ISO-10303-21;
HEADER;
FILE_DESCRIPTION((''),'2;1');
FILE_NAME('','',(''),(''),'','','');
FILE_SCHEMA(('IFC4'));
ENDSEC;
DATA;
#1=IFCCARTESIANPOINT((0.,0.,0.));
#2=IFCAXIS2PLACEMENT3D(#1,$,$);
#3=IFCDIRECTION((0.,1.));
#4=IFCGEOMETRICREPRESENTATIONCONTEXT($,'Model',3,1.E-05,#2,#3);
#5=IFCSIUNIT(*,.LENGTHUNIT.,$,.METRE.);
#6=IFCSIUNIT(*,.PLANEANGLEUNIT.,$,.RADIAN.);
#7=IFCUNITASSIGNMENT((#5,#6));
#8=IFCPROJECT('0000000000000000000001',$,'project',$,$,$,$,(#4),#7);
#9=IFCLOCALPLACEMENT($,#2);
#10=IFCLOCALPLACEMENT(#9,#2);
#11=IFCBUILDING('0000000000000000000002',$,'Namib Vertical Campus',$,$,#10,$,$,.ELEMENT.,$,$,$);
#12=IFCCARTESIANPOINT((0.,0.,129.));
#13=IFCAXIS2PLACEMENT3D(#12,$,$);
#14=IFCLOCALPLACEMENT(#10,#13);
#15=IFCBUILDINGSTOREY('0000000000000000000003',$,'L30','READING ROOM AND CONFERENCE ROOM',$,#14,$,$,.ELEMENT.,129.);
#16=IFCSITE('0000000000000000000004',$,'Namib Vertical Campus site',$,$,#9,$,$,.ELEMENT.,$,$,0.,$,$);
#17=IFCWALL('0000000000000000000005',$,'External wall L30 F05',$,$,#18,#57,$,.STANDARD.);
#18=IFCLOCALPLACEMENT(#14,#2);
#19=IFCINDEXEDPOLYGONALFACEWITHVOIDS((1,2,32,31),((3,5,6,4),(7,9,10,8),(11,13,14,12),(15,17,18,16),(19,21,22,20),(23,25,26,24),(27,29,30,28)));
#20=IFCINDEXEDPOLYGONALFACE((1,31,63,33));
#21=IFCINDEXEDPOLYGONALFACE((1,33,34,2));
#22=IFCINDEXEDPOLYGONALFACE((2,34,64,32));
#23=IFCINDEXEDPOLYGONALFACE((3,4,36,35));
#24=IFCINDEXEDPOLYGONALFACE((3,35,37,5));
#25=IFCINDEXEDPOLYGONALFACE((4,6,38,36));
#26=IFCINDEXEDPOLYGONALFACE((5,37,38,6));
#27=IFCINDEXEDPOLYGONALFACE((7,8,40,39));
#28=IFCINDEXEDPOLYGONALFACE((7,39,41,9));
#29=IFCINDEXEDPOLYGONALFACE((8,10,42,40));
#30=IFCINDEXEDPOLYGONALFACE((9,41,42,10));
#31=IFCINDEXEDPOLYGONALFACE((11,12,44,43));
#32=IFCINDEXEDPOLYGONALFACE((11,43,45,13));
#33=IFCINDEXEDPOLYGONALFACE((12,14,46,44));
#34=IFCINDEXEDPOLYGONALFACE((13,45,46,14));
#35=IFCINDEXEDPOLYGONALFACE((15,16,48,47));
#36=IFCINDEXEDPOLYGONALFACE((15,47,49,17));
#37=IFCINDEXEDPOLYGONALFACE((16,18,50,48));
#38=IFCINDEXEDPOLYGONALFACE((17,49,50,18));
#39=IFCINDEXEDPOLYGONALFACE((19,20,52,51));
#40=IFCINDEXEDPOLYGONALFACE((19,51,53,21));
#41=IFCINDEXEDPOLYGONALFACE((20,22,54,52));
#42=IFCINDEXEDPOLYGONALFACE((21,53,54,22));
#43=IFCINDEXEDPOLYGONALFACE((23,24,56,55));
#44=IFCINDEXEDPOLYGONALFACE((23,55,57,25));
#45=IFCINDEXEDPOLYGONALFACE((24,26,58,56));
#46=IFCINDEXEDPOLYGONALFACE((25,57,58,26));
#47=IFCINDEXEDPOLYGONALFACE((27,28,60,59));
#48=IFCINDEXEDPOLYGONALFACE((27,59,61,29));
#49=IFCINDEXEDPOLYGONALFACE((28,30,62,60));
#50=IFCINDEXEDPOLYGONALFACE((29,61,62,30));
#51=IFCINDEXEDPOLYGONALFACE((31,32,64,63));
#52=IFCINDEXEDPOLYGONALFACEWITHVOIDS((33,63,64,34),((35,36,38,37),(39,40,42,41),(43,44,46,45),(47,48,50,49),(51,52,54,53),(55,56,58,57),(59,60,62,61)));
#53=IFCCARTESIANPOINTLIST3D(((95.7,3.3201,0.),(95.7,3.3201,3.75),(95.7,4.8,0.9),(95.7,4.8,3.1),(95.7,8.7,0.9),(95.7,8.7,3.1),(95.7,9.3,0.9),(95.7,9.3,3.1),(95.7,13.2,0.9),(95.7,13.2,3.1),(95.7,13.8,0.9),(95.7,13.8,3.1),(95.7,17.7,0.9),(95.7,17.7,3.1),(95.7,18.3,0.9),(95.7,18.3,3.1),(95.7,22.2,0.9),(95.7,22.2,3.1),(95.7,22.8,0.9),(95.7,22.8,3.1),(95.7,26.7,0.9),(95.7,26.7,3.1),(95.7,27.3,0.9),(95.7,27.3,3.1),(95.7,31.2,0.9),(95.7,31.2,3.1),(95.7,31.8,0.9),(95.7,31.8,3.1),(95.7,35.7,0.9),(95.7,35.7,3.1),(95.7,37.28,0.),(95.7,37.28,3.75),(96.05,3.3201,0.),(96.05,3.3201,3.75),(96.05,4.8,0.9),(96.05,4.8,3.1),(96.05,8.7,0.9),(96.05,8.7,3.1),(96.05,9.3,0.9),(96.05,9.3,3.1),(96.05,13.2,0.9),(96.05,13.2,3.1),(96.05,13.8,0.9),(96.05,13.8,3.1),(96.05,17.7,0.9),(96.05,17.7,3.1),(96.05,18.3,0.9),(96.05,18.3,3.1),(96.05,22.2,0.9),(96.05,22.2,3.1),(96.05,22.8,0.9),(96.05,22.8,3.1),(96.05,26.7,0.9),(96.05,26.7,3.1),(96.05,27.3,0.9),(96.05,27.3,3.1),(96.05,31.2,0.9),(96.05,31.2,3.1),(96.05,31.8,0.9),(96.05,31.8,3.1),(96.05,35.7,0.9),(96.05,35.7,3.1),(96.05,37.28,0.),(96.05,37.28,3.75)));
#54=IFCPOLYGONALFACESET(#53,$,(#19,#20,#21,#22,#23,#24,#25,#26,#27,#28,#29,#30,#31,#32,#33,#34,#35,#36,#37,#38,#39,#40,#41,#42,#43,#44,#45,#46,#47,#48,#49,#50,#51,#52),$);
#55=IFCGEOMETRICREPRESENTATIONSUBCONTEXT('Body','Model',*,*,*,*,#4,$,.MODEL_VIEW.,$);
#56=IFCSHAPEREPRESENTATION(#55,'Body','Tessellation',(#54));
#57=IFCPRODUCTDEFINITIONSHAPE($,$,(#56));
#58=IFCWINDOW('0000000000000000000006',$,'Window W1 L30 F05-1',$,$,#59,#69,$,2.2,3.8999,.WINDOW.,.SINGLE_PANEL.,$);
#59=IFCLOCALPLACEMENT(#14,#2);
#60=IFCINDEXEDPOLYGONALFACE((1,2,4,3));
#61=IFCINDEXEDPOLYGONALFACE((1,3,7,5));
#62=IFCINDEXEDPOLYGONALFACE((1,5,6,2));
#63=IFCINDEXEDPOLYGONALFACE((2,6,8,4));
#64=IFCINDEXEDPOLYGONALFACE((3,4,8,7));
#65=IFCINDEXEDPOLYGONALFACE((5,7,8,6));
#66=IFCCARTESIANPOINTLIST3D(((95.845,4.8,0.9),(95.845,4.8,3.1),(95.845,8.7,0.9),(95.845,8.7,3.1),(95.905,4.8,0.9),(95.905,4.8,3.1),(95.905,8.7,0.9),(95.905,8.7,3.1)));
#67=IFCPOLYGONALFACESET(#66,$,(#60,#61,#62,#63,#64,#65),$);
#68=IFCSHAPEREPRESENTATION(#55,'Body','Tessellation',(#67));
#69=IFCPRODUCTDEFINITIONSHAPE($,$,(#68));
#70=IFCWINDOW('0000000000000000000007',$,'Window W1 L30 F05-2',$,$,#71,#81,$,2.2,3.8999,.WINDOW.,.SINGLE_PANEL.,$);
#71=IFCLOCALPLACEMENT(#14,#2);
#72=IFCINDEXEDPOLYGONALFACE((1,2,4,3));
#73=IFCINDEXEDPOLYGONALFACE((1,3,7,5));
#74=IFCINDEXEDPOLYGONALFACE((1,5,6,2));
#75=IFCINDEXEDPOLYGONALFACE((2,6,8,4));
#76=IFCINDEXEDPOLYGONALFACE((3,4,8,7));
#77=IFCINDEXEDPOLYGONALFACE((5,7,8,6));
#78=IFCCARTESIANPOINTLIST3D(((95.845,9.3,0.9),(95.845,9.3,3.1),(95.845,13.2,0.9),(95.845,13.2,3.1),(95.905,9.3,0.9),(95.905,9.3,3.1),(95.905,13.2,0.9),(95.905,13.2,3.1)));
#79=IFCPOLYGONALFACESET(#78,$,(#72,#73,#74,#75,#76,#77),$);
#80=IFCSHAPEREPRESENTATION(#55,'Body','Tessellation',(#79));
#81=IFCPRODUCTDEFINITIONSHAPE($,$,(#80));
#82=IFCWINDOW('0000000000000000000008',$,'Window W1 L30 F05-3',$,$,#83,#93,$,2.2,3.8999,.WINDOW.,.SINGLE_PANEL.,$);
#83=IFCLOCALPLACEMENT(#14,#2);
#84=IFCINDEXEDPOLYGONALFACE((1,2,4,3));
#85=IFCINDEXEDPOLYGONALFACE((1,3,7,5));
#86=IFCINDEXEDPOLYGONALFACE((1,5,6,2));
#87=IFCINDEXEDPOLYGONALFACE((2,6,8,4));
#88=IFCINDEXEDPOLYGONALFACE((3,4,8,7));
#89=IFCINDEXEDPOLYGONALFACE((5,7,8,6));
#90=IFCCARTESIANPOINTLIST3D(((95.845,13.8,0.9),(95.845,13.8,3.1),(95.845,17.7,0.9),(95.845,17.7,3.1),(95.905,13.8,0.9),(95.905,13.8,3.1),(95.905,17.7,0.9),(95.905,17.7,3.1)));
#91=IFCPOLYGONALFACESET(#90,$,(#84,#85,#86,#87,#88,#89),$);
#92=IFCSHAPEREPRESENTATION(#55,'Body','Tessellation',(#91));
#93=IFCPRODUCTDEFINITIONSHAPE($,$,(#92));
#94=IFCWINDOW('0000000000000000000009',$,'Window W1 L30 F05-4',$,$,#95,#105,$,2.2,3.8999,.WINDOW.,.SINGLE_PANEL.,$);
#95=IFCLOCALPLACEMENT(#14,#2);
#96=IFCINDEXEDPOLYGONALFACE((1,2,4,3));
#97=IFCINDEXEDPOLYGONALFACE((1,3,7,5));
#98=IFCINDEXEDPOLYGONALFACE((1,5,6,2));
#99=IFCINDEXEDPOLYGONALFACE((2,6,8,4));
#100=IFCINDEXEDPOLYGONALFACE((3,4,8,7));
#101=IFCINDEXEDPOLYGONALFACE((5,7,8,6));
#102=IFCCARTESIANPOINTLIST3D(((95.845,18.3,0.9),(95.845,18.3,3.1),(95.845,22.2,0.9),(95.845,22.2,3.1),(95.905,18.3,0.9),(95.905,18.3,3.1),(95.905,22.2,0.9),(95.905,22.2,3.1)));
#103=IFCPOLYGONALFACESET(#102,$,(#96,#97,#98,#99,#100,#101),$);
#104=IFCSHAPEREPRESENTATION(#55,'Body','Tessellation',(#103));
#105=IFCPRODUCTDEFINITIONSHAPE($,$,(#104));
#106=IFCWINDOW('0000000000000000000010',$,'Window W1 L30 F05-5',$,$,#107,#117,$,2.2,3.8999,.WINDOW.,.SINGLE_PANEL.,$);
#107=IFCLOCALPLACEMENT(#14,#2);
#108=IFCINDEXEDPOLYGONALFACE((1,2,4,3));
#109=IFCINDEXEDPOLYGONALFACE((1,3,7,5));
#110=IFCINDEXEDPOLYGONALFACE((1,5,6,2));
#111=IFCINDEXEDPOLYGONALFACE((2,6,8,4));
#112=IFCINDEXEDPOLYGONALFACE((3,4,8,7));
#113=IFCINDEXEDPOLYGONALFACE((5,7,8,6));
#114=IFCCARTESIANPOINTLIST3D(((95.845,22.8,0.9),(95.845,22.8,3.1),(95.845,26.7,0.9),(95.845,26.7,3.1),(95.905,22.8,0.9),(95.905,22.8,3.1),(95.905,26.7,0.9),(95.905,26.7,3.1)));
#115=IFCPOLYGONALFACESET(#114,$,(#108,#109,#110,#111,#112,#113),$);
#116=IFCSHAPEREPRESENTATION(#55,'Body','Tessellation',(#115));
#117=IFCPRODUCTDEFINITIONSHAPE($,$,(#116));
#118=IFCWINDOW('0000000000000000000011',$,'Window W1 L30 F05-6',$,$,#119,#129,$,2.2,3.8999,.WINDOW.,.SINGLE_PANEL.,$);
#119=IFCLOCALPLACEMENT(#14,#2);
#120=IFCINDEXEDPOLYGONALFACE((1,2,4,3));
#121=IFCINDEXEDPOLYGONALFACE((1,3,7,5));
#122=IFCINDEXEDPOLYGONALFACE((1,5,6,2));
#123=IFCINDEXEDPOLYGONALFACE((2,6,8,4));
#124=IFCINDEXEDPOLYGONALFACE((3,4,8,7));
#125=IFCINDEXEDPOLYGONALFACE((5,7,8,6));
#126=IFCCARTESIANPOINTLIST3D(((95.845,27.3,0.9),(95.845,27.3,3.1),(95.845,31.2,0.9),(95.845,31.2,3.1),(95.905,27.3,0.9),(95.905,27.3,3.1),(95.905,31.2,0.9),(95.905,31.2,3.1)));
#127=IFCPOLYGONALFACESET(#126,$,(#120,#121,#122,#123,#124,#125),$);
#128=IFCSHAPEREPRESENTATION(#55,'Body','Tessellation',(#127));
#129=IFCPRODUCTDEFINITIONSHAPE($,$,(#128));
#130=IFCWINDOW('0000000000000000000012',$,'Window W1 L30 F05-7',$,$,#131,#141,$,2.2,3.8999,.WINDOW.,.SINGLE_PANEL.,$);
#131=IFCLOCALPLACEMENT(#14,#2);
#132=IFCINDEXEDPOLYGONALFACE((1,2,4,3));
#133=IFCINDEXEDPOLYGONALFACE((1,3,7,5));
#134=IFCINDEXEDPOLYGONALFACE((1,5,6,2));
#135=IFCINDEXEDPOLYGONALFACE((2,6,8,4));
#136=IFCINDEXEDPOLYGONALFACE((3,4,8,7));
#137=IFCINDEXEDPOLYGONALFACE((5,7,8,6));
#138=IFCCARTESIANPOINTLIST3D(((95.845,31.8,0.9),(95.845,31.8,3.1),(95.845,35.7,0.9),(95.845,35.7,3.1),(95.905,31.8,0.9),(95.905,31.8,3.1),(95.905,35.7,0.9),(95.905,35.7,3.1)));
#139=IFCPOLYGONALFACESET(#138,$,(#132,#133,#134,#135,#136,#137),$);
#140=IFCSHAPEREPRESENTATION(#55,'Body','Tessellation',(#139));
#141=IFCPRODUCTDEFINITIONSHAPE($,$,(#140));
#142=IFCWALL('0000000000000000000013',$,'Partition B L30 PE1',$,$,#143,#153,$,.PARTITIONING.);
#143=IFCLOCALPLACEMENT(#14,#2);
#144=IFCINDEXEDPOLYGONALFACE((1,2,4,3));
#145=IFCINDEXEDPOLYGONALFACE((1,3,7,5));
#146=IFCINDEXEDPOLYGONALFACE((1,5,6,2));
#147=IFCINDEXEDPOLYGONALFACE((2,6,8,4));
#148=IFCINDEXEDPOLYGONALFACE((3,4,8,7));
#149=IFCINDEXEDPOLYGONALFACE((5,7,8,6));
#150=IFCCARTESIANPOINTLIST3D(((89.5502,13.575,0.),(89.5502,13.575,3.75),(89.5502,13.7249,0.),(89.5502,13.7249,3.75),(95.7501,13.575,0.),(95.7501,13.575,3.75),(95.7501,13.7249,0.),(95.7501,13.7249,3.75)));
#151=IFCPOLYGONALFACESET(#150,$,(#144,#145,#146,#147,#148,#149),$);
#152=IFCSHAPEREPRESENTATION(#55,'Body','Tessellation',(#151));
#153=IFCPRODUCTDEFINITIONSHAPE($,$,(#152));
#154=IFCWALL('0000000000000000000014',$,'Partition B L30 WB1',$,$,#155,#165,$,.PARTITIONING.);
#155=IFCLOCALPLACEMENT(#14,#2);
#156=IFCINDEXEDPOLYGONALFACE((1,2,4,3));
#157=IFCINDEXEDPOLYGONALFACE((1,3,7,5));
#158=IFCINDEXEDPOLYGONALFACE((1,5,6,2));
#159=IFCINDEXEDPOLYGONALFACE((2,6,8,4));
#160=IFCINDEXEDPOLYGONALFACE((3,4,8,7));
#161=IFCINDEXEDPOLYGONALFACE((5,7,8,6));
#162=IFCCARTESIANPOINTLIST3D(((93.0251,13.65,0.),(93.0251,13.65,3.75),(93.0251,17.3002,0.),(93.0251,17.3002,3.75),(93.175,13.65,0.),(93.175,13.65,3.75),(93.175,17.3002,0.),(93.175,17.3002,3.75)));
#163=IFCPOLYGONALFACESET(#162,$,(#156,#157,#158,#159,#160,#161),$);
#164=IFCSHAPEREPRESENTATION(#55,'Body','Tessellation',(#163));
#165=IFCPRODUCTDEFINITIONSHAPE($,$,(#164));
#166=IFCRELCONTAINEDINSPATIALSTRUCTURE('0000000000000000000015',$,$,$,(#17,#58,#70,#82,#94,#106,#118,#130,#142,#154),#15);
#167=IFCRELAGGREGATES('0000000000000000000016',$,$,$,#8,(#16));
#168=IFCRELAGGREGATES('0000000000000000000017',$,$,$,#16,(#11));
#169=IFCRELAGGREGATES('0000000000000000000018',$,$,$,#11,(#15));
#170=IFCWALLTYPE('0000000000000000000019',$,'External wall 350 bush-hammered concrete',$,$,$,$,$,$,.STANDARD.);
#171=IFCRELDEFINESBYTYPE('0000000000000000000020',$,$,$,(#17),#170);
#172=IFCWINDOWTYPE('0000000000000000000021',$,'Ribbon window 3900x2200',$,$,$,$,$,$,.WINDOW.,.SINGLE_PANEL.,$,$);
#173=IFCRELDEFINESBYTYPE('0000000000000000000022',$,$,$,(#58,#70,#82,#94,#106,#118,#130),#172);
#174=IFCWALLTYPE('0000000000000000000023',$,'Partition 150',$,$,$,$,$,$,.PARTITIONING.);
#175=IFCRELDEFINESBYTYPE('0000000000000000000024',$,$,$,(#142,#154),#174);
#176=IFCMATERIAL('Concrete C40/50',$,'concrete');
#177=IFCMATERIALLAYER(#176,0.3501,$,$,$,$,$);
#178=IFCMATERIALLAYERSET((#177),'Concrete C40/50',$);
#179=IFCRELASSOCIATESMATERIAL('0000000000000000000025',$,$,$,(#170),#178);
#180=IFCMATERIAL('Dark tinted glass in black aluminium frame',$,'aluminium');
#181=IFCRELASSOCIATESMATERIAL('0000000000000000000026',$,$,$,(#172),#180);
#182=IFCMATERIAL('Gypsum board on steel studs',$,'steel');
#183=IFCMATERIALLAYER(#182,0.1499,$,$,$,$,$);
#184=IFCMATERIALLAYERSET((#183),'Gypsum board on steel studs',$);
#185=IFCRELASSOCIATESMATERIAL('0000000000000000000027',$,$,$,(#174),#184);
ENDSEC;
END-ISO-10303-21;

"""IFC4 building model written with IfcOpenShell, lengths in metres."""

from ifc_helpers import new_model, si_unit, direction, frame, frame_2d, origin, place, context, subcontext, project, spatial, rectangle, extrude, material, layer, layer_set, type_object, element, fill, save


model = new_model("IFC4")

# Units and contexts
model_context = context("Model", 3, precision=1e-05, world=origin(), true_north=direction((0.0, 1.0)))
body_context = subcontext(model_context, "Body", "Model", "MODEL_VIEW")
ifc_project = project(units=[si_unit("LENGTHUNIT", "METRE"), si_unit("PLANEANGLEUNIT", "RADIAN")], contexts=[model_context])

# Site, building, storey
site_placement = place(None, origin())
site = spatial("IfcSite", under=ifc_project, at=site_placement, Name="Namib Vertical Campus site", CompositionType="ELEMENT", RefElevation=0.0)
building_placement = place(site_placement, origin())
building = spatial("IfcBuilding", under=site, at=building_placement, Name="Namib Vertical Campus", CompositionType="ELEMENT")
storey_placement = place(building_placement, frame((0.0, 0.0, 129.0)))
storey = spatial("IfcBuildingStorey", under=building, at=storey_placement, Name="L30", Description="READING ROOM AND CONFERENCE ROOM", CompositionType="ELEMENT", Elevation=129.0)

# Wall, openings, windows
ifc_material_1 = material(Name="Concrete C40/50", Category="concrete")
ifc_layer_1 = layer(ifc_material_1, 0.3501)
ifc_layer_set_1 = layer_set([ifc_layer_1], Name="Concrete C40/50")
wall_type_1 = type_object("IfcWallType", Name="External wall 350 bush-hammered concrete", PredefinedType="STANDARD", material=ifc_layer_set_1)
wall_1_placement = place(storey_placement, frame((95.875, 3.3201, 0.0), z_axis=(0.0, 0.0, 1.0), x_axis=(0.0, 1.0, 0.0)))
wall_1 = element("IfcWall", 1, at=wall_1_placement, inside=storey, type_object=wall_type_1, Name="External wall L30 F05", PredefinedType="STANDARD", context=body_context, shape_type="SweptSolid", body=[
    extrude(rectangle(XDim=33.96, YDim=0.3501, at=frame_2d((16.98, 0.0))), origin(), (0.0, 0.0, 1.0), 3.75),
])
opening_1_placement = place(wall_1_placement, frame((1.48, 0.0, 0.8999)))
opening_1 = element("IfcOpeningElement", 2, at=opening_1_placement, cuts=wall_1, PredefinedType="OPENING", context=body_context, shape_type="SweptSolid", body=[
    extrude(rectangle(XDim=3.8999, YDim=2.2, at=frame_2d((1.95, 1.1001))), frame((0.0, 0.1851, 0.0), z_axis=(0.0, -1.0, 0.0), x_axis=(1.0, 0.0, 0.0)), (0.0, 0.0, 1.0), 0.3701),
])
opening_2_placement = place(wall_1_placement, frame((5.98, 0.0, 0.8999)))
opening_2 = element("IfcOpeningElement", 3, at=opening_2_placement, cuts=wall_1, PredefinedType="OPENING", context=body_context, shape_type="SweptSolid", body=[
    extrude(rectangle(XDim=3.8999, YDim=2.2, at=frame_2d((1.95, 1.1001))), frame((0.0, 0.1851, 0.0), z_axis=(0.0, -1.0, 0.0), x_axis=(1.0, 0.0, 0.0)), (0.0, 0.0, 1.0), 0.3701),
])
opening_3_placement = place(wall_1_placement, frame((10.48, 0.0, 0.8999)))
opening_3 = element("IfcOpeningElement", 4, at=opening_3_placement, cuts=wall_1, PredefinedType="OPENING", context=body_context, shape_type="SweptSolid", body=[
    extrude(rectangle(XDim=3.8999, YDim=2.2, at=frame_2d((1.95, 1.1001))), frame((0.0, 0.1851, 0.0), z_axis=(0.0, -1.0, 0.0), x_axis=(1.0, 0.0, 0.0)), (0.0, 0.0, 1.0), 0.3701),
])
opening_4_placement = place(wall_1_placement, frame((14.98, 0.0, 0.8999)))
opening_4 = element("IfcOpeningElement", 5, at=opening_4_placement, cuts=wall_1, PredefinedType="OPENING", context=body_context, shape_type="SweptSolid", body=[
    extrude(rectangle(XDim=3.8999, YDim=2.2, at=frame_2d((1.95, 1.1001))), frame((0.0, 0.1851, 0.0), z_axis=(0.0, -1.0, 0.0), x_axis=(1.0, 0.0, 0.0)), (0.0, 0.0, 1.0), 0.3701),
])
opening_5_placement = place(wall_1_placement, frame((19.48, 0.0, 0.8999)))
opening_5 = element("IfcOpeningElement", 6, at=opening_5_placement, cuts=wall_1, PredefinedType="OPENING", context=body_context, shape_type="SweptSolid", body=[
    extrude(rectangle(XDim=3.8999, YDim=2.2, at=frame_2d((1.95, 1.1001))), frame((0.0, 0.1851, 0.0), z_axis=(0.0, -1.0, 0.0), x_axis=(1.0, 0.0, 0.0)), (0.0, 0.0, 1.0), 0.3701),
])
opening_6_placement = place(wall_1_placement, frame((23.98, 0.0, 0.8999)))
opening_6 = element("IfcOpeningElement", 7, at=opening_6_placement, cuts=wall_1, PredefinedType="OPENING", context=body_context, shape_type="SweptSolid", body=[
    extrude(rectangle(XDim=3.8999, YDim=2.2, at=frame_2d((1.95, 1.1001))), frame((0.0, 0.1851, 0.0), z_axis=(0.0, -1.0, 0.0), x_axis=(1.0, 0.0, 0.0)), (0.0, 0.0, 1.0), 0.3701),
])
opening_7_placement = place(wall_1_placement, frame((28.48, 0.0, 0.8999)))
opening_7 = element("IfcOpeningElement", 8, at=opening_7_placement, cuts=wall_1, PredefinedType="OPENING", context=body_context, shape_type="SweptSolid", body=[
    extrude(rectangle(XDim=3.8999, YDim=2.2, at=frame_2d((1.95, 1.1001))), frame((0.0, 0.1851, 0.0), z_axis=(0.0, -1.0, 0.0), x_axis=(1.0, 0.0, 0.0)), (0.0, 0.0, 1.0), 0.3701),
])
ifc_material_2 = material(Name="Dark tinted glass in black aluminium frame", Category="aluminium")
window_type = type_object("IfcWindowType", Name="Ribbon window 3900x2200", PartitioningType="SINGLE_PANEL", PredefinedType="WINDOW", material=ifc_material_2)
window_1_placement = place(opening_1_placement, origin())
window_1 = element("IfcWindow", 9, at=window_1_placement, inside=storey, type_object=window_type, Name="Window W1 L30 F05-1", OverallHeight=2.2, OverallWidth=3.8999, PartitioningType="SINGLE_PANEL", PredefinedType="WINDOW", context=body_context, shape_type="SweptSolid", body=[
    extrude(rectangle(XDim=3.8999, YDim=2.2, at=frame_2d((1.95, 1.1001))), frame((0.0, 0.03, 0.0), z_axis=(0.0, -1.0, 0.0), x_axis=(1.0, 0.0, 0.0)), (0.0, 0.0, 1.0), 0.0601),
])
fill(opening_1, window_1)
window_2_placement = place(opening_2_placement, origin())
window_2 = element("IfcWindow", 10, at=window_2_placement, inside=storey, type_object=window_type, Name="Window W1 L30 F05-2", OverallHeight=2.2, OverallWidth=3.8999, PartitioningType="SINGLE_PANEL", PredefinedType="WINDOW", context=body_context, shape_type="SweptSolid", body=[
    extrude(rectangle(XDim=3.8999, YDim=2.2, at=frame_2d((1.95, 1.1001))), frame((0.0, 0.03, 0.0), z_axis=(0.0, -1.0, 0.0), x_axis=(1.0, 0.0, 0.0)), (0.0, 0.0, 1.0), 0.0601),
])
fill(opening_2, window_2)
window_3_placement = place(opening_3_placement, origin())
window_3 = element("IfcWindow", 11, at=window_3_placement, inside=storey, type_object=window_type, Name="Window W1 L30 F05-3", OverallHeight=2.2, OverallWidth=3.8999, PartitioningType="SINGLE_PANEL", PredefinedType="WINDOW", context=body_context, shape_type="SweptSolid", body=[
    extrude(rectangle(XDim=3.8999, YDim=2.2, at=frame_2d((1.95, 1.1001))), frame((0.0, 0.03, 0.0), z_axis=(0.0, -1.0, 0.0), x_axis=(1.0, 0.0, 0.0)), (0.0, 0.0, 1.0), 0.0601),
])
fill(opening_3, window_3)
window_4_placement = place(opening_4_placement, origin())
window_4 = element("IfcWindow", 12, at=window_4_placement, inside=storey, type_object=window_type, Name="Window W1 L30 F05-4", OverallHeight=2.2, OverallWidth=3.8999, PartitioningType="SINGLE_PANEL", PredefinedType="WINDOW", context=body_context, shape_type="SweptSolid", body=[
    extrude(rectangle(XDim=3.8999, YDim=2.2, at=frame_2d((1.95, 1.1001))), frame((0.0, 0.03, 0.0), z_axis=(0.0, -1.0, 0.0), x_axis=(1.0, 0.0, 0.0)), (0.0, 0.0, 1.0), 0.0601),
])
fill(opening_4, window_4)
window_5_placement = place(opening_5_placement, origin())
window_5 = element("IfcWindow", 13, at=window_5_placement, inside=storey, type_object=window_type, Name="Window W1 L30 F05-5", OverallHeight=2.2, OverallWidth=3.8999, PartitioningType="SINGLE_PANEL", PredefinedType="WINDOW", context=body_context, shape_type="SweptSolid", body=[
    extrude(rectangle(XDim=3.8999, YDim=2.2, at=frame_2d((1.95, 1.1001))), frame((0.0, 0.03, 0.0), z_axis=(0.0, -1.0, 0.0), x_axis=(1.0, 0.0, 0.0)), (0.0, 0.0, 1.0), 0.0601),
])
fill(opening_5, window_5)
window_6_placement = place(opening_6_placement, origin())
window_6 = element("IfcWindow", 14, at=window_6_placement, inside=storey, type_object=window_type, Name="Window W1 L30 F05-6", OverallHeight=2.2, OverallWidth=3.8999, PartitioningType="SINGLE_PANEL", PredefinedType="WINDOW", context=body_context, shape_type="SweptSolid", body=[
    extrude(rectangle(XDim=3.8999, YDim=2.2, at=frame_2d((1.95, 1.1001))), frame((0.0, 0.03, 0.0), z_axis=(0.0, -1.0, 0.0), x_axis=(1.0, 0.0, 0.0)), (0.0, 0.0, 1.0), 0.0601),
])
fill(opening_6, window_6)
window_7_placement = place(opening_7_placement, origin())
window_7 = element("IfcWindow", 15, at=window_7_placement, inside=storey, type_object=window_type, Name="Window W1 L30 F05-7", OverallHeight=2.2, OverallWidth=3.8999, PartitioningType="SINGLE_PANEL", PredefinedType="WINDOW", context=body_context, shape_type="SweptSolid", body=[
    extrude(rectangle(XDim=3.8999, YDim=2.2, at=frame_2d((1.95, 1.1001))), frame((0.0, 0.03, 0.0), z_axis=(0.0, -1.0, 0.0), x_axis=(1.0, 0.0, 0.0)), (0.0, 0.0, 1.0), 0.0601),
])
fill(opening_7, window_7)

# Walls
ifc_material_3 = material(Name="Gypsum board on steel studs", Category="steel")
ifc_layer_2 = layer(ifc_material_3, 0.1499)
ifc_layer_set_2 = layer_set([ifc_layer_2], Name="Gypsum board on steel studs")
wall_type_2 = type_object("IfcWallType", Name="Partition 150", PredefinedType="PARTITIONING", material=ifc_layer_set_2)
wall_2_placement = place(storey_placement, frame((89.55, 13.6499, 0.0), z_axis=(0.0, 0.0, 1.0), x_axis=(1.0, 0.0, 0.0)))
element("IfcWall", 16, at=wall_2_placement, inside=storey, type_object=wall_type_2, Name="Partition B L30 PE1", PredefinedType="PARTITIONING", context=body_context, shape_type="SweptSolid", body=[
    extrude(rectangle(XDim=6.2, YDim=0.1499, at=frame_2d((3.1001, 0.0))), origin(), (0.0, 0.0, 1.0), 3.75),
])
wall_3_placement = place(storey_placement, frame((93.1001, 13.6499, 0.0), z_axis=(0.0, 0.0, 1.0), x_axis=(0.0, 1.0, 0.0)))
element("IfcWall", 17, at=wall_3_placement, inside=storey, type_object=wall_type_2, Name="Partition B L30 WB1", PredefinedType="PARTITIONING", context=body_context, shape_type="SweptSolid", body=[
    extrude(rectangle(XDim=3.6501, YDim=0.1499, at=frame_2d((1.8252, 0.0))), origin(), (0.0, 0.0, 1.0), 3.75),
])

save(model, "model.ifc")
